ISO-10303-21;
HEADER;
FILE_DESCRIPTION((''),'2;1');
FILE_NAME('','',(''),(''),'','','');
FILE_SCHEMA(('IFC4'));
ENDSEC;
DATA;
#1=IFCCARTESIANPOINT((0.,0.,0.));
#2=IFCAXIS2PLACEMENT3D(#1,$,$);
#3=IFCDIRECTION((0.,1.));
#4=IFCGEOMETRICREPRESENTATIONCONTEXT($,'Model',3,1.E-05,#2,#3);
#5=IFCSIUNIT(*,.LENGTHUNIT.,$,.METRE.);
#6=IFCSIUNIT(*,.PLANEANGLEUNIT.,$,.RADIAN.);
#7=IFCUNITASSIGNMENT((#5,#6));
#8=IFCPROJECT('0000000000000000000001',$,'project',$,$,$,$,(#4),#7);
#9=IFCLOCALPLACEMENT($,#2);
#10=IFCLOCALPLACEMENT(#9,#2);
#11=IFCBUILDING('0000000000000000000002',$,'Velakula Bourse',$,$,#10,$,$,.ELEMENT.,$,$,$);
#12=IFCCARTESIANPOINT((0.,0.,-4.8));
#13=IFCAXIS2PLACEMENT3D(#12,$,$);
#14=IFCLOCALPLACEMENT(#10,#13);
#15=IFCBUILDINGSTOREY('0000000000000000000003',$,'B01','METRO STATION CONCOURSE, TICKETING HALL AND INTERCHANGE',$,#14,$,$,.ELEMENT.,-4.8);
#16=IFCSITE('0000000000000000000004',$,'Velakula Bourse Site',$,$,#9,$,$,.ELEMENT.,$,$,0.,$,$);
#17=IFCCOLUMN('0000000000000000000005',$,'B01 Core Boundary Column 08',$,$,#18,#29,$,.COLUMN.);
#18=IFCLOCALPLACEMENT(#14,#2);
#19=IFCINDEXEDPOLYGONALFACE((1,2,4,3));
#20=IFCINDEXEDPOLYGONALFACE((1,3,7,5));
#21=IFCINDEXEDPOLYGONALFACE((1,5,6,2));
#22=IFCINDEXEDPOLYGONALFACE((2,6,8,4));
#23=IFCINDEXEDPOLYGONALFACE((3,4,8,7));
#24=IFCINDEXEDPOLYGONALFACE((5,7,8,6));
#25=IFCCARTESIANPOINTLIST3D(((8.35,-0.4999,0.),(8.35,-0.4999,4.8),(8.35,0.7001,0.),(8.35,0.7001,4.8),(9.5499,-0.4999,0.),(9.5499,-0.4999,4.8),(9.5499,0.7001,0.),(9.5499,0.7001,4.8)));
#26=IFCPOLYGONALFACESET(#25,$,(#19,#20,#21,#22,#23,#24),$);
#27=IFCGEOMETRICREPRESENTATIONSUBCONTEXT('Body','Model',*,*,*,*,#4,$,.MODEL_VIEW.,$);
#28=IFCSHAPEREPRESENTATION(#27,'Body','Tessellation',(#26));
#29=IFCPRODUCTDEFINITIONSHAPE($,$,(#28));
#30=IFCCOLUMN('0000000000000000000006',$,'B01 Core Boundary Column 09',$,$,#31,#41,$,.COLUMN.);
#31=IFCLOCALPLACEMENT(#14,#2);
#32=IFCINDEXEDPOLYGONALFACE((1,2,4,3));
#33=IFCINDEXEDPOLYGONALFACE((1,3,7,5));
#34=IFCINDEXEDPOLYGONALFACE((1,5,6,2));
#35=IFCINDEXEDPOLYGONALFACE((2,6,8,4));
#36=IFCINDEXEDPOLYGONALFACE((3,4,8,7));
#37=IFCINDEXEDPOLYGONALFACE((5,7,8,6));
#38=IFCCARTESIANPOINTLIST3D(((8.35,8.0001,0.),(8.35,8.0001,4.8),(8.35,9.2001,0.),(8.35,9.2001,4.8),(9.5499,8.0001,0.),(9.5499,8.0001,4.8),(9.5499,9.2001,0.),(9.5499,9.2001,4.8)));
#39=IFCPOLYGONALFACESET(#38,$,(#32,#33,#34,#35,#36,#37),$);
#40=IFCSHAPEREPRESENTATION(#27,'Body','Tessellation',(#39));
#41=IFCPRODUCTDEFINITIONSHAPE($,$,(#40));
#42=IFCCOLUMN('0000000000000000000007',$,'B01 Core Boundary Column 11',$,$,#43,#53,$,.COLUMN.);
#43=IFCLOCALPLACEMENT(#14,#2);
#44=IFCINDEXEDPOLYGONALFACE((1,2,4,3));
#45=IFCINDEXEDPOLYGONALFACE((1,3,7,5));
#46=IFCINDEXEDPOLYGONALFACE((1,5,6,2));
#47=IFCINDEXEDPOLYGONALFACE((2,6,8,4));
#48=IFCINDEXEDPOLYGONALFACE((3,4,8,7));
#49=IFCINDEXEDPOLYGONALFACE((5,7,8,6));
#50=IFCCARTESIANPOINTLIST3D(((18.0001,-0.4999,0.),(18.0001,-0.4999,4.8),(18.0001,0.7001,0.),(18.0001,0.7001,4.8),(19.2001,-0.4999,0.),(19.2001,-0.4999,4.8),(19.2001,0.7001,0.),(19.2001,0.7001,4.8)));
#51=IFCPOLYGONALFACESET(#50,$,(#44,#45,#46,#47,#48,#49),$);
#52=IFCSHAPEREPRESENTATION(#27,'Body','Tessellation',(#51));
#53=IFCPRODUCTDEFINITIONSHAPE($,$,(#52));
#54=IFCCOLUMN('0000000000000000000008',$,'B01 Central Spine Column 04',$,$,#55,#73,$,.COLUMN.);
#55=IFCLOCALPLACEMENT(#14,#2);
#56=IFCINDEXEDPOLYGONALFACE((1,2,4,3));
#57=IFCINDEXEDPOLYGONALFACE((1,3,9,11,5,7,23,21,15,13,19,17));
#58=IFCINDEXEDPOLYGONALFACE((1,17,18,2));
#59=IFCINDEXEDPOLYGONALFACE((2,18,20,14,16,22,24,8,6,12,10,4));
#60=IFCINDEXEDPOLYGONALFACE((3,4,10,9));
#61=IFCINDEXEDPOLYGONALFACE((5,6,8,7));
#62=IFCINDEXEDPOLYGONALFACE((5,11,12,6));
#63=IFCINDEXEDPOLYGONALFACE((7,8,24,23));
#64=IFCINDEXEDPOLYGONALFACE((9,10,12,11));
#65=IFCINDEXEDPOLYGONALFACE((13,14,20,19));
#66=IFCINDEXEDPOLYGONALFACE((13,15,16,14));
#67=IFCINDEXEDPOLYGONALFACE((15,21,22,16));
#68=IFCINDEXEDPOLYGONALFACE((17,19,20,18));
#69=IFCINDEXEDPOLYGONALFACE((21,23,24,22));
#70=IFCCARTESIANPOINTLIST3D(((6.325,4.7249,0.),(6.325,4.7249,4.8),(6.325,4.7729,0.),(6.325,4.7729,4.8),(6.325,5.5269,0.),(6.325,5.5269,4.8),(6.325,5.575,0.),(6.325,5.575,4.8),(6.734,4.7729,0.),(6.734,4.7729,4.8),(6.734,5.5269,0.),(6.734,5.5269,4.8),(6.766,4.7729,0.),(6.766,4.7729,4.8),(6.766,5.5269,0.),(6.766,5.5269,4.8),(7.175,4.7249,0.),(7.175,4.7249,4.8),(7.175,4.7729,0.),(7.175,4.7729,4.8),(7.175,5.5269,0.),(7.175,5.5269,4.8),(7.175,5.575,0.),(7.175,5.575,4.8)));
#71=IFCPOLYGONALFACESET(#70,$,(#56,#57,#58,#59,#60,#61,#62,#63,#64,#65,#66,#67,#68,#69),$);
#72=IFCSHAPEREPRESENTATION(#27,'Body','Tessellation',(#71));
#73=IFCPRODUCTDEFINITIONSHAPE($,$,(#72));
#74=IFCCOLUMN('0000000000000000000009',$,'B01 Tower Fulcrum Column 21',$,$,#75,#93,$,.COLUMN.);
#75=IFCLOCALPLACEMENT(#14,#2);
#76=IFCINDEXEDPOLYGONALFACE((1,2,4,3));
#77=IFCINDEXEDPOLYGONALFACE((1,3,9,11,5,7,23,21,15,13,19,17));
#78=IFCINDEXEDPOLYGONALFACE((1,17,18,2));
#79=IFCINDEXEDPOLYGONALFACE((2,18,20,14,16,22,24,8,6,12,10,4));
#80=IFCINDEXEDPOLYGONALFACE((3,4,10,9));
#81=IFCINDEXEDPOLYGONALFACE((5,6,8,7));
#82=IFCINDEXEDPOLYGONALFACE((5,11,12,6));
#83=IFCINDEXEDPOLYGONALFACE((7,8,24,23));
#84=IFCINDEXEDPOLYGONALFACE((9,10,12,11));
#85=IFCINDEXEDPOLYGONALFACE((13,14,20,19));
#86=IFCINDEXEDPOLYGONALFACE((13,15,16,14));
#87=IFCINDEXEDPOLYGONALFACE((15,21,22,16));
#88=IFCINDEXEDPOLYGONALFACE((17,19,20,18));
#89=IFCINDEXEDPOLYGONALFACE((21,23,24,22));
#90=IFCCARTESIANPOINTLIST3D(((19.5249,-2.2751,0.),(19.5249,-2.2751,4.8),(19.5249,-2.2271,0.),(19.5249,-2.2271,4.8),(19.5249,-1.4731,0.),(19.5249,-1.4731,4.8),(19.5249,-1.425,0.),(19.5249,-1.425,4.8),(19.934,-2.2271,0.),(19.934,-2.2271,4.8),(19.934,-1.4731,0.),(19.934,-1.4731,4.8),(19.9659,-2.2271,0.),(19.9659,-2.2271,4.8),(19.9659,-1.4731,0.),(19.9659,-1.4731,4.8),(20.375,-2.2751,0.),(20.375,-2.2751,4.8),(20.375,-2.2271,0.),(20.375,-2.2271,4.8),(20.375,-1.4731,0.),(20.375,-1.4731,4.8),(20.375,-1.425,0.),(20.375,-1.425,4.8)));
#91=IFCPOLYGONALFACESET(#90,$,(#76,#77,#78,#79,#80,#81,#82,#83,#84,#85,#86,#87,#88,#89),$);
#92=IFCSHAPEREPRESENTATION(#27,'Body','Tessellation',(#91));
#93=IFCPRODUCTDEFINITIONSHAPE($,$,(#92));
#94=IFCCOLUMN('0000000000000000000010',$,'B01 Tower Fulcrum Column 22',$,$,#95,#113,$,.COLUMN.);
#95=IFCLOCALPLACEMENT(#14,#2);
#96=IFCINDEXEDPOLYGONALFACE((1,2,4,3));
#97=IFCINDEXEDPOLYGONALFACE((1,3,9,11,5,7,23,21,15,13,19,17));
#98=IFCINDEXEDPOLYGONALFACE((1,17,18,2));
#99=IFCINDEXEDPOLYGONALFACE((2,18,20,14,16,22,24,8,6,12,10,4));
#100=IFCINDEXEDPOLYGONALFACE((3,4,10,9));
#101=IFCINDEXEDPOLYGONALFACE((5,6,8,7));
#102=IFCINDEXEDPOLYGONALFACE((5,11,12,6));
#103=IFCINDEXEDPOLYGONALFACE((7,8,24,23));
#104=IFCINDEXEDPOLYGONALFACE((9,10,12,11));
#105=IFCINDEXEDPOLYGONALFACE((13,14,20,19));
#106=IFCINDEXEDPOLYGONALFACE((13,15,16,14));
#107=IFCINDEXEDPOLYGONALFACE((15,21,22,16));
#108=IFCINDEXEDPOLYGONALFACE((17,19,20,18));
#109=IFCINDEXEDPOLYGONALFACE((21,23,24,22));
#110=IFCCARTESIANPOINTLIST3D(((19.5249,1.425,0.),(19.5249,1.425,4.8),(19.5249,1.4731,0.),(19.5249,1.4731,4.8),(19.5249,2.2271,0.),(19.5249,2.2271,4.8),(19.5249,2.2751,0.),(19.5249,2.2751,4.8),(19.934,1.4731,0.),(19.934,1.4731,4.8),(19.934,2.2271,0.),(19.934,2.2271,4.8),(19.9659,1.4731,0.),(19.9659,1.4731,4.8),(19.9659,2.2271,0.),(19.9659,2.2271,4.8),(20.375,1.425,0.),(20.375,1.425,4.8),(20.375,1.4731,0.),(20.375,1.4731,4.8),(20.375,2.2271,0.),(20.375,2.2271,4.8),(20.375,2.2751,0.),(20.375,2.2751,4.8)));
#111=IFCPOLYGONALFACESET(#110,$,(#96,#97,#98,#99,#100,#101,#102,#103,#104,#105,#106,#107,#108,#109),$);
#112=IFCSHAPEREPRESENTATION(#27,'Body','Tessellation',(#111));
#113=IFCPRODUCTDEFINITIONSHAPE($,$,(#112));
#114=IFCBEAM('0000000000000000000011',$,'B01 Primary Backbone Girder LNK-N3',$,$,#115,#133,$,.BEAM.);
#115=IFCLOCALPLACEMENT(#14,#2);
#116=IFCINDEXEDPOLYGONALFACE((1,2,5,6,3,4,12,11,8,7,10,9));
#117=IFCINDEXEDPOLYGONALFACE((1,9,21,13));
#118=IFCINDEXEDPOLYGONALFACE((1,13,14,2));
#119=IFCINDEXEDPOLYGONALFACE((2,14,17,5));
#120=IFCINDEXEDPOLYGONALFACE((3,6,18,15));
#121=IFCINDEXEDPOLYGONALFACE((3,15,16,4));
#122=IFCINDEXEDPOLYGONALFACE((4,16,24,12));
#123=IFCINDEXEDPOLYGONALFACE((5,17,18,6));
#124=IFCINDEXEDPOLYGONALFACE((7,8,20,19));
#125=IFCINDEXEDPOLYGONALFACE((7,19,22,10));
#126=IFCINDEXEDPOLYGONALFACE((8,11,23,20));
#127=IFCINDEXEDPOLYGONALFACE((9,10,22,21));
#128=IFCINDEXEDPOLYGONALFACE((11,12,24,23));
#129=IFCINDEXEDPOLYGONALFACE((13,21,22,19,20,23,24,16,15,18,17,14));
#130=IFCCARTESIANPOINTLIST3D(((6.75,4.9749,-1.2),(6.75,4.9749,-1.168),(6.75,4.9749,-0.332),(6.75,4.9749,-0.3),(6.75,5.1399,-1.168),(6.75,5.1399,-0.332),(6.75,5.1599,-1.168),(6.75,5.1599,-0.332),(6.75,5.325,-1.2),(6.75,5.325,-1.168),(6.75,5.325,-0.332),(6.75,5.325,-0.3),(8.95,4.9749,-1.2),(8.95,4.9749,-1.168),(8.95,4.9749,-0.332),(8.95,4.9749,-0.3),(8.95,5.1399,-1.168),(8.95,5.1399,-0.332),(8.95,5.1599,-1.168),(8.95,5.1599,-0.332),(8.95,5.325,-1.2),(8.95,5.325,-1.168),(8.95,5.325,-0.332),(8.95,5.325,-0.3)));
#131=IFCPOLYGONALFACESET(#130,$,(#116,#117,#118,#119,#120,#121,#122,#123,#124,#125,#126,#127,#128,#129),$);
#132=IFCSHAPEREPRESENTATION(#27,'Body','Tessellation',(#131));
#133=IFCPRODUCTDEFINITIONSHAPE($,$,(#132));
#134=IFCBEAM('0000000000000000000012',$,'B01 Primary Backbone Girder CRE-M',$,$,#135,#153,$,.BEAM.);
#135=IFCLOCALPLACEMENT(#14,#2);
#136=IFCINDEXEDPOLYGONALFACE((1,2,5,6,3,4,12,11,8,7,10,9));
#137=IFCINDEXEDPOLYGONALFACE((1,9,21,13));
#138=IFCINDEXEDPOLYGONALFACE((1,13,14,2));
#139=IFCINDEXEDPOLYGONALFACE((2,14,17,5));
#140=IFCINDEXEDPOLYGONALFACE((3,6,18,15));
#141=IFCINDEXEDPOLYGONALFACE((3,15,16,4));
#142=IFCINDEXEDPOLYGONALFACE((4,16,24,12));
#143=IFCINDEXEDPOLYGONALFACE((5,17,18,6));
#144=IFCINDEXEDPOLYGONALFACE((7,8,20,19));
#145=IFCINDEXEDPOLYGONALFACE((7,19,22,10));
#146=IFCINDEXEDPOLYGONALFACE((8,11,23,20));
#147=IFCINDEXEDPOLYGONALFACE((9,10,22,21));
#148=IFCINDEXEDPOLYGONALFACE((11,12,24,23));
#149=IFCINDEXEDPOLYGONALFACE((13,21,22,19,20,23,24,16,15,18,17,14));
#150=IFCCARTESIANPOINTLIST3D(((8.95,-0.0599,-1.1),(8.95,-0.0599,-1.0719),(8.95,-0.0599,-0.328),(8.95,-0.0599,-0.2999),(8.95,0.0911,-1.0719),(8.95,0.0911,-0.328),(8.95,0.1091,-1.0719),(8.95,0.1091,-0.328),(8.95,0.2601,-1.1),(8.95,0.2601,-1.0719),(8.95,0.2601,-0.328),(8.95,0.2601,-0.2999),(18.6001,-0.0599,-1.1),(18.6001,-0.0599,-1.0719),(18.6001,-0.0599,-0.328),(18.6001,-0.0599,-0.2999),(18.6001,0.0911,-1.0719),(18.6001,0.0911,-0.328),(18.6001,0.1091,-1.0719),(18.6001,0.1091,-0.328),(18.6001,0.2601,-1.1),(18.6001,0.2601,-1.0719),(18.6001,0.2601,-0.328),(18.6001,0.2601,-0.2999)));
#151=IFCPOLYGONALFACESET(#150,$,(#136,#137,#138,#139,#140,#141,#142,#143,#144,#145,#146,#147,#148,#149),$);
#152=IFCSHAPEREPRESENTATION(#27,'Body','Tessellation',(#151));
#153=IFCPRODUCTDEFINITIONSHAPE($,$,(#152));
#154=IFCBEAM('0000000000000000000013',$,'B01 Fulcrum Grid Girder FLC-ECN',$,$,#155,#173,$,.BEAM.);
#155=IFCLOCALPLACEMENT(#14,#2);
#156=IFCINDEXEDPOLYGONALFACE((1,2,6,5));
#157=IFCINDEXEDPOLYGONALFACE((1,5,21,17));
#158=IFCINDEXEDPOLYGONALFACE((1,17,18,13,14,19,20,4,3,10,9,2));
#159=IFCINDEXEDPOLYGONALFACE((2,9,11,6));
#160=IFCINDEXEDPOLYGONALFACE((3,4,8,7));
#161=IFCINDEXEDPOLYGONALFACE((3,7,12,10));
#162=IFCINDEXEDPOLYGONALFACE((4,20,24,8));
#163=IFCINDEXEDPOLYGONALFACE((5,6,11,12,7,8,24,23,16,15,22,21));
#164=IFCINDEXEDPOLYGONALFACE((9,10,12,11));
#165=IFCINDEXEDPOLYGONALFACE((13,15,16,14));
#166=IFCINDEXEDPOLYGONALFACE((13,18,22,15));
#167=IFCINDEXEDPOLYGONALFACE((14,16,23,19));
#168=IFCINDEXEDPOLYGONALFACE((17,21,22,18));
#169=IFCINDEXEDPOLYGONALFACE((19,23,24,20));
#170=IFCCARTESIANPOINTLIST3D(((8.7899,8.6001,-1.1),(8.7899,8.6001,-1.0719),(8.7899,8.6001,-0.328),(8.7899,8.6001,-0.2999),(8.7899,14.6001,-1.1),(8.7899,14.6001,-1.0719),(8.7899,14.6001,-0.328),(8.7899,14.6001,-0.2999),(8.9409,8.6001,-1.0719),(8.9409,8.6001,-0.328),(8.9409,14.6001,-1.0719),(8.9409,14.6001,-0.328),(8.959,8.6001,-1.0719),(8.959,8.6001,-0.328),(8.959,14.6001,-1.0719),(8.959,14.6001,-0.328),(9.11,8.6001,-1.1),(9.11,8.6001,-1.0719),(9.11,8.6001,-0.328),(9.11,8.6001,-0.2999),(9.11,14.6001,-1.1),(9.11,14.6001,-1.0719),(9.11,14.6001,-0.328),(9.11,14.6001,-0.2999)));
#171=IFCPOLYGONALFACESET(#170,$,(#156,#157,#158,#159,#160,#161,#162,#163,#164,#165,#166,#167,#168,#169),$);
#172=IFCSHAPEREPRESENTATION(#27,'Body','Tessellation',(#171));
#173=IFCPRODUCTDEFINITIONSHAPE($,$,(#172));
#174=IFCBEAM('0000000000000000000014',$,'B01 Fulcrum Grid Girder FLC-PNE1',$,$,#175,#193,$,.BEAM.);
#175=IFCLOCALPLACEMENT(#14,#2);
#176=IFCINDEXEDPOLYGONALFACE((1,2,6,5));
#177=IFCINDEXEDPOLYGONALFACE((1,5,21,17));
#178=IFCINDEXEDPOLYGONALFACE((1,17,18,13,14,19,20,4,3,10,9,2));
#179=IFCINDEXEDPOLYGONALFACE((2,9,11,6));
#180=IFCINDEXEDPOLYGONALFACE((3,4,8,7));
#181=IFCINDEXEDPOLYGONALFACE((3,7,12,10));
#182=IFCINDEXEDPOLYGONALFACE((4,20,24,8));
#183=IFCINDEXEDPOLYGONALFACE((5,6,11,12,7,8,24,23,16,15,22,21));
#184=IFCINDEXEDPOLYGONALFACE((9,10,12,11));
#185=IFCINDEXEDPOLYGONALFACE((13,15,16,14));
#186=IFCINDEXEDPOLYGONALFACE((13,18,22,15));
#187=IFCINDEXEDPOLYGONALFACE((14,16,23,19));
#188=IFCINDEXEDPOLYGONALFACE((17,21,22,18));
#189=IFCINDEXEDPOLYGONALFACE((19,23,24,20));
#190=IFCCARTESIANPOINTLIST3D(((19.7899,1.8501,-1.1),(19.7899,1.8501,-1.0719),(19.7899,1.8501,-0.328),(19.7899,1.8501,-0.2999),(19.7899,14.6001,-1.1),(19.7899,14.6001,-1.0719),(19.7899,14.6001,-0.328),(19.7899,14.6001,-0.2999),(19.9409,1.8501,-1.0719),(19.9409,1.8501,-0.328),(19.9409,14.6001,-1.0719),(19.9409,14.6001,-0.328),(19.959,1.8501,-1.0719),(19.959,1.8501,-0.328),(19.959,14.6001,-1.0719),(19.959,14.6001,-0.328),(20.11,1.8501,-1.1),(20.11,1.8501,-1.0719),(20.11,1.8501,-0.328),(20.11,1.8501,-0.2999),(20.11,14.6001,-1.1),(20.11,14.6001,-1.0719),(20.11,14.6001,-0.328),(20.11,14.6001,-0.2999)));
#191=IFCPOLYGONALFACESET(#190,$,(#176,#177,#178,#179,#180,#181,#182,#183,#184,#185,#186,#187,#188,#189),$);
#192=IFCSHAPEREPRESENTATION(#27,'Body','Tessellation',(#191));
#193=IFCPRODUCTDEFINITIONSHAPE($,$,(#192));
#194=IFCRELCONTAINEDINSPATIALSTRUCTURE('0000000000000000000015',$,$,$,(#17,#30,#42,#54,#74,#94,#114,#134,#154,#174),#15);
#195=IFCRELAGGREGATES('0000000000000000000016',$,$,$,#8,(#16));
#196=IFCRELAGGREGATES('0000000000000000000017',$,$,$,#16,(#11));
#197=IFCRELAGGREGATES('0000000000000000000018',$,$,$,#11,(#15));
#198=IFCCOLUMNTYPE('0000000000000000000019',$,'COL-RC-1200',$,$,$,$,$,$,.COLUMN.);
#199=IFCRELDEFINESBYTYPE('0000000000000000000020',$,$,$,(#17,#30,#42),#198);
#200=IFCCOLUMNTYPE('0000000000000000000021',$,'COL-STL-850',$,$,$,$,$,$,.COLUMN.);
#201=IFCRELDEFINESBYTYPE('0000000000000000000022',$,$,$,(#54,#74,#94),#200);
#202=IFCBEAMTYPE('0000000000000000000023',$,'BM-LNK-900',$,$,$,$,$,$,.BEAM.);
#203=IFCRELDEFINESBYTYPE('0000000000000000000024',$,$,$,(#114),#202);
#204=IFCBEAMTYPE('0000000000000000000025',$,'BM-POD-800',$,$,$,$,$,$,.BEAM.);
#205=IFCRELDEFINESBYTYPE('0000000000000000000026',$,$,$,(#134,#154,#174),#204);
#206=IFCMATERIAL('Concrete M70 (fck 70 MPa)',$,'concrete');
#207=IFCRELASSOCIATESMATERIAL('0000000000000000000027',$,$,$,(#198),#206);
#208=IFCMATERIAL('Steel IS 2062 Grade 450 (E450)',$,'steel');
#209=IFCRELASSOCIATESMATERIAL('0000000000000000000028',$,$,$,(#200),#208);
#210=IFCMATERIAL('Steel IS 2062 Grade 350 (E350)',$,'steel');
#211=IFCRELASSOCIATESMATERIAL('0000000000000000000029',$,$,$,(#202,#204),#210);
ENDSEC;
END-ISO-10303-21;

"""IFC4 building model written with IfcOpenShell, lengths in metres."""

from ifc_helpers import new_model, si_unit, direction, frame, origin, origin_2d, place, context, subcontext, project, spatial, rectangle, i_section, extrude, material, material_profile, profile_set, type_object, element, save


model = new_model("IFC4")

# Units and contexts
model_context = context("Model", 3, precision=1e-05, world=origin(), true_north=direction((0.0, 1.0)))
body_context = subcontext(model_context, "Body", "Model", "MODEL_VIEW")
ifc_project = project(units=[si_unit("LENGTHUNIT", "METRE"), si_unit("PLANEANGLEUNIT", "RADIAN")], contexts=[model_context])

# Site, building, storey
site_placement = place(None, origin())
site = spatial("IfcSite", under=ifc_project, at=site_placement, Name="Velakula Bourse Site", CompositionType="ELEMENT", RefElevation=0.0)
building_placement = place(site_placement, origin())
building = spatial("IfcBuilding", under=site, at=building_placement, Name="Velakula Bourse", CompositionType="ELEMENT")
storey_placement = place(building_placement, frame((0.0, 0.0, -4.8)))
storey = spatial("IfcBuildingStorey", under=building, at=storey_placement, Name="B01", Description="METRO STATION CONCOURSE, TICKETING HALL AND INTERCHANGE", CompositionType="ELEMENT", Elevation=-4.8)

# Columns
ifc_material_1 = material(Name="Concrete M70 (fck 70 MPa)", Category="concrete")
ifc_material_profile_1 = material_profile(ifc_material_1, rectangle(XDim=1.2, YDim=1.2, at=origin_2d()), Name="Concrete M70 (fck 70 MPa)")
ifc_profile_set_1 = profile_set([ifc_material_profile_1], Name="Concrete M70 (fck 70 MPa)")
column_type_1 = type_object("IfcColumnType", Name="COL-RC-1200", PredefinedType="COLUMN", material=ifc_profile_set_1)
for number, where, z_axis, x_axis, name in (
    (1, (8.95, 0.1001, 0.0), (0.0, 0.0, 1.0), (1.0, 0.0, 0.0), "B01 Core Boundary Column 08"),
    (2, (8.95, 8.6001, 0.0), (0.0, 0.0, 1.0), (1.0, 0.0, 0.0), "B01 Core Boundary Column 09"),
    (3, (18.6001, 0.1001, 0.0), (0.0, 0.0, 1.0), (1.0, 0.0, 0.0), "B01 Core Boundary Column 11"),
):
    element("IfcColumn", number, at=place(storey_placement, frame(where, z_axis=z_axis, x_axis=x_axis)), inside=storey, type_object=column_type_1, Name=name, PredefinedType="COLUMN", context=body_context, shape_type="SweptSolid", body=[
        extrude(rectangle(XDim=1.2, YDim=1.2, at=origin_2d()), origin(), (0.0, 0.0, 1.0), 4.8),
    ])
ifc_material_2 = material(Name="Steel IS 2062 Grade 450 (E450)", Category="steel")
ifc_material_profile_2 = material_profile(ifc_material_2, i_section(OverallWidth=0.8501, OverallDepth=0.8501, WebThickness=0.032, FlangeThickness=0.0481, at=origin_2d()), Name="Steel IS 2062 Grade 450 (E450)")
ifc_profile_set_2 = profile_set([ifc_material_profile_2], Name="Steel IS 2062 Grade 450 (E450)")
column_type_2 = type_object("IfcColumnType", Name="COL-STL-850", PredefinedType="COLUMN", material=ifc_profile_set_2)
for number, where, z_axis, x_axis, name in (
    (4, (6.75, 5.1499, 0.0), (0.0, 0.0, 1.0), (1.0, 0.0, 0.0), "B01 Central Spine Column 04"),
    (5, (19.95, -1.8501, 0.0), (0.0, 0.0, 1.0), (1.0, 0.0, 0.0), "B01 Tower Fulcrum Column 21"),
    (6, (19.95, 1.8501, 0.0), (0.0, 0.0, 1.0), (1.0, 0.0, 0.0), "B01 Tower Fulcrum Column 22"),
):
    element("IfcColumn", number, at=place(storey_placement, frame(where, z_axis=z_axis, x_axis=x_axis)), inside=storey, type_object=column_type_2, Name=name, PredefinedType="COLUMN", context=body_context, shape_type="SweptSolid", body=[
        extrude(i_section(OverallWidth=0.8501, OverallDepth=0.8501, WebThickness=0.032, FlangeThickness=0.0481, at=origin_2d()), origin(), (0.0, 0.0, 1.0), 4.8),
    ])

# Beams
ifc_material_3 = material(Name="Steel IS 2062 Grade 350 (E350)", Category="steel")
ifc_material_profile_3 = material_profile(ifc_material_3, i_section(OverallWidth=0.3501, OverallDepth=0.8999, WebThickness=0.02, FlangeThickness=0.032, at=origin_2d()), Name="Steel IS 2062 Grade 350 (E350)")
ifc_profile_set_3 = profile_set([ifc_material_profile_3], Name="Steel IS 2062 Grade 350 (E350)")
beam_type_1 = type_object("IfcBeamType", Name="BM-LNK-900", PredefinedType="BEAM", material=ifc_profile_set_3)
beam_1_placement = place(storey_placement, frame((6.75, 5.1499, -0.75), z_axis=(1.0, 0.0, 0.0), x_axis=(0.0, 1.0, 0.0)))
element("IfcBeam", 7, at=beam_1_placement, inside=storey, type_object=beam_type_1, Name="B01 Primary Backbone Girder LNK-N3", PredefinedType="BEAM", context=body_context, shape_type="SweptSolid", body=[
    extrude(i_section(OverallWidth=0.3501, OverallDepth=0.8999, WebThickness=0.02, FlangeThickness=0.032, at=origin_2d()), origin(), (0.0, 0.0, 1.0), 2.2),
])
ifc_material_profile_4 = material_profile(ifc_material_3, i_section(OverallWidth=0.3201, OverallDepth=0.8, WebThickness=0.0181, FlangeThickness=0.0281, at=origin_2d()), Name="Steel IS 2062 Grade 350 (E350)")
ifc_profile_set_4 = profile_set([ifc_material_profile_4], Name="Steel IS 2062 Grade 350 (E350)")
beam_type_2 = type_object("IfcBeamType", Name="BM-POD-800", PredefinedType="BEAM", material=ifc_profile_set_4)
beam_2_placement = place(storey_placement, frame((8.95, 0.1001, -0.7), z_axis=(1.0, 0.0, 0.0), x_axis=(0.0, 1.0, 0.0)))
element("IfcBeam", 8, at=beam_2_placement, inside=storey, type_object=beam_type_2, Name="B01 Primary Backbone Girder CRE-M", PredefinedType="BEAM", context=body_context, shape_type="SweptSolid", body=[
    extrude(i_section(OverallWidth=0.3201, OverallDepth=0.8, WebThickness=0.0181, FlangeThickness=0.0281, at=origin_2d()), origin(), (0.0, 0.0, 1.0), 9.6501),
])
beam_3_placement = place(storey_placement, frame((8.95, 8.6001, -0.7), z_axis=(0.0, 1.0, 0.0), x_axis=(-1.0, 0.0, 0.0)))
element("IfcBeam", 9, at=beam_3_placement, inside=storey, type_object=beam_type_2, Name="B01 Fulcrum Grid Girder FLC-ECN", PredefinedType="BEAM", context=body_context, shape_type="SweptSolid", body=[
    extrude(i_section(OverallWidth=0.3201, OverallDepth=0.8, WebThickness=0.0181, FlangeThickness=0.0281, at=origin_2d()), origin(), (0.0, 0.0, 1.0), 6.0),
])
beam_4_placement = place(storey_placement, frame((19.95, 1.8501, -0.7), z_axis=(0.0, 1.0, 0.0), x_axis=(-1.0, 0.0, 0.0)))
element("IfcBeam", 10, at=beam_4_placement, inside=storey, type_object=beam_type_2, Name="B01 Fulcrum Grid Girder FLC-PNE1", PredefinedType="BEAM", context=body_context, shape_type="SweptSolid", body=[
    extrude(i_section(OverallWidth=0.3201, OverallDepth=0.8, WebThickness=0.0181, FlangeThickness=0.0281, at=origin_2d()), origin(), (0.0, 0.0, 1.0), 12.75),
])

save(model, "model.ifc")
